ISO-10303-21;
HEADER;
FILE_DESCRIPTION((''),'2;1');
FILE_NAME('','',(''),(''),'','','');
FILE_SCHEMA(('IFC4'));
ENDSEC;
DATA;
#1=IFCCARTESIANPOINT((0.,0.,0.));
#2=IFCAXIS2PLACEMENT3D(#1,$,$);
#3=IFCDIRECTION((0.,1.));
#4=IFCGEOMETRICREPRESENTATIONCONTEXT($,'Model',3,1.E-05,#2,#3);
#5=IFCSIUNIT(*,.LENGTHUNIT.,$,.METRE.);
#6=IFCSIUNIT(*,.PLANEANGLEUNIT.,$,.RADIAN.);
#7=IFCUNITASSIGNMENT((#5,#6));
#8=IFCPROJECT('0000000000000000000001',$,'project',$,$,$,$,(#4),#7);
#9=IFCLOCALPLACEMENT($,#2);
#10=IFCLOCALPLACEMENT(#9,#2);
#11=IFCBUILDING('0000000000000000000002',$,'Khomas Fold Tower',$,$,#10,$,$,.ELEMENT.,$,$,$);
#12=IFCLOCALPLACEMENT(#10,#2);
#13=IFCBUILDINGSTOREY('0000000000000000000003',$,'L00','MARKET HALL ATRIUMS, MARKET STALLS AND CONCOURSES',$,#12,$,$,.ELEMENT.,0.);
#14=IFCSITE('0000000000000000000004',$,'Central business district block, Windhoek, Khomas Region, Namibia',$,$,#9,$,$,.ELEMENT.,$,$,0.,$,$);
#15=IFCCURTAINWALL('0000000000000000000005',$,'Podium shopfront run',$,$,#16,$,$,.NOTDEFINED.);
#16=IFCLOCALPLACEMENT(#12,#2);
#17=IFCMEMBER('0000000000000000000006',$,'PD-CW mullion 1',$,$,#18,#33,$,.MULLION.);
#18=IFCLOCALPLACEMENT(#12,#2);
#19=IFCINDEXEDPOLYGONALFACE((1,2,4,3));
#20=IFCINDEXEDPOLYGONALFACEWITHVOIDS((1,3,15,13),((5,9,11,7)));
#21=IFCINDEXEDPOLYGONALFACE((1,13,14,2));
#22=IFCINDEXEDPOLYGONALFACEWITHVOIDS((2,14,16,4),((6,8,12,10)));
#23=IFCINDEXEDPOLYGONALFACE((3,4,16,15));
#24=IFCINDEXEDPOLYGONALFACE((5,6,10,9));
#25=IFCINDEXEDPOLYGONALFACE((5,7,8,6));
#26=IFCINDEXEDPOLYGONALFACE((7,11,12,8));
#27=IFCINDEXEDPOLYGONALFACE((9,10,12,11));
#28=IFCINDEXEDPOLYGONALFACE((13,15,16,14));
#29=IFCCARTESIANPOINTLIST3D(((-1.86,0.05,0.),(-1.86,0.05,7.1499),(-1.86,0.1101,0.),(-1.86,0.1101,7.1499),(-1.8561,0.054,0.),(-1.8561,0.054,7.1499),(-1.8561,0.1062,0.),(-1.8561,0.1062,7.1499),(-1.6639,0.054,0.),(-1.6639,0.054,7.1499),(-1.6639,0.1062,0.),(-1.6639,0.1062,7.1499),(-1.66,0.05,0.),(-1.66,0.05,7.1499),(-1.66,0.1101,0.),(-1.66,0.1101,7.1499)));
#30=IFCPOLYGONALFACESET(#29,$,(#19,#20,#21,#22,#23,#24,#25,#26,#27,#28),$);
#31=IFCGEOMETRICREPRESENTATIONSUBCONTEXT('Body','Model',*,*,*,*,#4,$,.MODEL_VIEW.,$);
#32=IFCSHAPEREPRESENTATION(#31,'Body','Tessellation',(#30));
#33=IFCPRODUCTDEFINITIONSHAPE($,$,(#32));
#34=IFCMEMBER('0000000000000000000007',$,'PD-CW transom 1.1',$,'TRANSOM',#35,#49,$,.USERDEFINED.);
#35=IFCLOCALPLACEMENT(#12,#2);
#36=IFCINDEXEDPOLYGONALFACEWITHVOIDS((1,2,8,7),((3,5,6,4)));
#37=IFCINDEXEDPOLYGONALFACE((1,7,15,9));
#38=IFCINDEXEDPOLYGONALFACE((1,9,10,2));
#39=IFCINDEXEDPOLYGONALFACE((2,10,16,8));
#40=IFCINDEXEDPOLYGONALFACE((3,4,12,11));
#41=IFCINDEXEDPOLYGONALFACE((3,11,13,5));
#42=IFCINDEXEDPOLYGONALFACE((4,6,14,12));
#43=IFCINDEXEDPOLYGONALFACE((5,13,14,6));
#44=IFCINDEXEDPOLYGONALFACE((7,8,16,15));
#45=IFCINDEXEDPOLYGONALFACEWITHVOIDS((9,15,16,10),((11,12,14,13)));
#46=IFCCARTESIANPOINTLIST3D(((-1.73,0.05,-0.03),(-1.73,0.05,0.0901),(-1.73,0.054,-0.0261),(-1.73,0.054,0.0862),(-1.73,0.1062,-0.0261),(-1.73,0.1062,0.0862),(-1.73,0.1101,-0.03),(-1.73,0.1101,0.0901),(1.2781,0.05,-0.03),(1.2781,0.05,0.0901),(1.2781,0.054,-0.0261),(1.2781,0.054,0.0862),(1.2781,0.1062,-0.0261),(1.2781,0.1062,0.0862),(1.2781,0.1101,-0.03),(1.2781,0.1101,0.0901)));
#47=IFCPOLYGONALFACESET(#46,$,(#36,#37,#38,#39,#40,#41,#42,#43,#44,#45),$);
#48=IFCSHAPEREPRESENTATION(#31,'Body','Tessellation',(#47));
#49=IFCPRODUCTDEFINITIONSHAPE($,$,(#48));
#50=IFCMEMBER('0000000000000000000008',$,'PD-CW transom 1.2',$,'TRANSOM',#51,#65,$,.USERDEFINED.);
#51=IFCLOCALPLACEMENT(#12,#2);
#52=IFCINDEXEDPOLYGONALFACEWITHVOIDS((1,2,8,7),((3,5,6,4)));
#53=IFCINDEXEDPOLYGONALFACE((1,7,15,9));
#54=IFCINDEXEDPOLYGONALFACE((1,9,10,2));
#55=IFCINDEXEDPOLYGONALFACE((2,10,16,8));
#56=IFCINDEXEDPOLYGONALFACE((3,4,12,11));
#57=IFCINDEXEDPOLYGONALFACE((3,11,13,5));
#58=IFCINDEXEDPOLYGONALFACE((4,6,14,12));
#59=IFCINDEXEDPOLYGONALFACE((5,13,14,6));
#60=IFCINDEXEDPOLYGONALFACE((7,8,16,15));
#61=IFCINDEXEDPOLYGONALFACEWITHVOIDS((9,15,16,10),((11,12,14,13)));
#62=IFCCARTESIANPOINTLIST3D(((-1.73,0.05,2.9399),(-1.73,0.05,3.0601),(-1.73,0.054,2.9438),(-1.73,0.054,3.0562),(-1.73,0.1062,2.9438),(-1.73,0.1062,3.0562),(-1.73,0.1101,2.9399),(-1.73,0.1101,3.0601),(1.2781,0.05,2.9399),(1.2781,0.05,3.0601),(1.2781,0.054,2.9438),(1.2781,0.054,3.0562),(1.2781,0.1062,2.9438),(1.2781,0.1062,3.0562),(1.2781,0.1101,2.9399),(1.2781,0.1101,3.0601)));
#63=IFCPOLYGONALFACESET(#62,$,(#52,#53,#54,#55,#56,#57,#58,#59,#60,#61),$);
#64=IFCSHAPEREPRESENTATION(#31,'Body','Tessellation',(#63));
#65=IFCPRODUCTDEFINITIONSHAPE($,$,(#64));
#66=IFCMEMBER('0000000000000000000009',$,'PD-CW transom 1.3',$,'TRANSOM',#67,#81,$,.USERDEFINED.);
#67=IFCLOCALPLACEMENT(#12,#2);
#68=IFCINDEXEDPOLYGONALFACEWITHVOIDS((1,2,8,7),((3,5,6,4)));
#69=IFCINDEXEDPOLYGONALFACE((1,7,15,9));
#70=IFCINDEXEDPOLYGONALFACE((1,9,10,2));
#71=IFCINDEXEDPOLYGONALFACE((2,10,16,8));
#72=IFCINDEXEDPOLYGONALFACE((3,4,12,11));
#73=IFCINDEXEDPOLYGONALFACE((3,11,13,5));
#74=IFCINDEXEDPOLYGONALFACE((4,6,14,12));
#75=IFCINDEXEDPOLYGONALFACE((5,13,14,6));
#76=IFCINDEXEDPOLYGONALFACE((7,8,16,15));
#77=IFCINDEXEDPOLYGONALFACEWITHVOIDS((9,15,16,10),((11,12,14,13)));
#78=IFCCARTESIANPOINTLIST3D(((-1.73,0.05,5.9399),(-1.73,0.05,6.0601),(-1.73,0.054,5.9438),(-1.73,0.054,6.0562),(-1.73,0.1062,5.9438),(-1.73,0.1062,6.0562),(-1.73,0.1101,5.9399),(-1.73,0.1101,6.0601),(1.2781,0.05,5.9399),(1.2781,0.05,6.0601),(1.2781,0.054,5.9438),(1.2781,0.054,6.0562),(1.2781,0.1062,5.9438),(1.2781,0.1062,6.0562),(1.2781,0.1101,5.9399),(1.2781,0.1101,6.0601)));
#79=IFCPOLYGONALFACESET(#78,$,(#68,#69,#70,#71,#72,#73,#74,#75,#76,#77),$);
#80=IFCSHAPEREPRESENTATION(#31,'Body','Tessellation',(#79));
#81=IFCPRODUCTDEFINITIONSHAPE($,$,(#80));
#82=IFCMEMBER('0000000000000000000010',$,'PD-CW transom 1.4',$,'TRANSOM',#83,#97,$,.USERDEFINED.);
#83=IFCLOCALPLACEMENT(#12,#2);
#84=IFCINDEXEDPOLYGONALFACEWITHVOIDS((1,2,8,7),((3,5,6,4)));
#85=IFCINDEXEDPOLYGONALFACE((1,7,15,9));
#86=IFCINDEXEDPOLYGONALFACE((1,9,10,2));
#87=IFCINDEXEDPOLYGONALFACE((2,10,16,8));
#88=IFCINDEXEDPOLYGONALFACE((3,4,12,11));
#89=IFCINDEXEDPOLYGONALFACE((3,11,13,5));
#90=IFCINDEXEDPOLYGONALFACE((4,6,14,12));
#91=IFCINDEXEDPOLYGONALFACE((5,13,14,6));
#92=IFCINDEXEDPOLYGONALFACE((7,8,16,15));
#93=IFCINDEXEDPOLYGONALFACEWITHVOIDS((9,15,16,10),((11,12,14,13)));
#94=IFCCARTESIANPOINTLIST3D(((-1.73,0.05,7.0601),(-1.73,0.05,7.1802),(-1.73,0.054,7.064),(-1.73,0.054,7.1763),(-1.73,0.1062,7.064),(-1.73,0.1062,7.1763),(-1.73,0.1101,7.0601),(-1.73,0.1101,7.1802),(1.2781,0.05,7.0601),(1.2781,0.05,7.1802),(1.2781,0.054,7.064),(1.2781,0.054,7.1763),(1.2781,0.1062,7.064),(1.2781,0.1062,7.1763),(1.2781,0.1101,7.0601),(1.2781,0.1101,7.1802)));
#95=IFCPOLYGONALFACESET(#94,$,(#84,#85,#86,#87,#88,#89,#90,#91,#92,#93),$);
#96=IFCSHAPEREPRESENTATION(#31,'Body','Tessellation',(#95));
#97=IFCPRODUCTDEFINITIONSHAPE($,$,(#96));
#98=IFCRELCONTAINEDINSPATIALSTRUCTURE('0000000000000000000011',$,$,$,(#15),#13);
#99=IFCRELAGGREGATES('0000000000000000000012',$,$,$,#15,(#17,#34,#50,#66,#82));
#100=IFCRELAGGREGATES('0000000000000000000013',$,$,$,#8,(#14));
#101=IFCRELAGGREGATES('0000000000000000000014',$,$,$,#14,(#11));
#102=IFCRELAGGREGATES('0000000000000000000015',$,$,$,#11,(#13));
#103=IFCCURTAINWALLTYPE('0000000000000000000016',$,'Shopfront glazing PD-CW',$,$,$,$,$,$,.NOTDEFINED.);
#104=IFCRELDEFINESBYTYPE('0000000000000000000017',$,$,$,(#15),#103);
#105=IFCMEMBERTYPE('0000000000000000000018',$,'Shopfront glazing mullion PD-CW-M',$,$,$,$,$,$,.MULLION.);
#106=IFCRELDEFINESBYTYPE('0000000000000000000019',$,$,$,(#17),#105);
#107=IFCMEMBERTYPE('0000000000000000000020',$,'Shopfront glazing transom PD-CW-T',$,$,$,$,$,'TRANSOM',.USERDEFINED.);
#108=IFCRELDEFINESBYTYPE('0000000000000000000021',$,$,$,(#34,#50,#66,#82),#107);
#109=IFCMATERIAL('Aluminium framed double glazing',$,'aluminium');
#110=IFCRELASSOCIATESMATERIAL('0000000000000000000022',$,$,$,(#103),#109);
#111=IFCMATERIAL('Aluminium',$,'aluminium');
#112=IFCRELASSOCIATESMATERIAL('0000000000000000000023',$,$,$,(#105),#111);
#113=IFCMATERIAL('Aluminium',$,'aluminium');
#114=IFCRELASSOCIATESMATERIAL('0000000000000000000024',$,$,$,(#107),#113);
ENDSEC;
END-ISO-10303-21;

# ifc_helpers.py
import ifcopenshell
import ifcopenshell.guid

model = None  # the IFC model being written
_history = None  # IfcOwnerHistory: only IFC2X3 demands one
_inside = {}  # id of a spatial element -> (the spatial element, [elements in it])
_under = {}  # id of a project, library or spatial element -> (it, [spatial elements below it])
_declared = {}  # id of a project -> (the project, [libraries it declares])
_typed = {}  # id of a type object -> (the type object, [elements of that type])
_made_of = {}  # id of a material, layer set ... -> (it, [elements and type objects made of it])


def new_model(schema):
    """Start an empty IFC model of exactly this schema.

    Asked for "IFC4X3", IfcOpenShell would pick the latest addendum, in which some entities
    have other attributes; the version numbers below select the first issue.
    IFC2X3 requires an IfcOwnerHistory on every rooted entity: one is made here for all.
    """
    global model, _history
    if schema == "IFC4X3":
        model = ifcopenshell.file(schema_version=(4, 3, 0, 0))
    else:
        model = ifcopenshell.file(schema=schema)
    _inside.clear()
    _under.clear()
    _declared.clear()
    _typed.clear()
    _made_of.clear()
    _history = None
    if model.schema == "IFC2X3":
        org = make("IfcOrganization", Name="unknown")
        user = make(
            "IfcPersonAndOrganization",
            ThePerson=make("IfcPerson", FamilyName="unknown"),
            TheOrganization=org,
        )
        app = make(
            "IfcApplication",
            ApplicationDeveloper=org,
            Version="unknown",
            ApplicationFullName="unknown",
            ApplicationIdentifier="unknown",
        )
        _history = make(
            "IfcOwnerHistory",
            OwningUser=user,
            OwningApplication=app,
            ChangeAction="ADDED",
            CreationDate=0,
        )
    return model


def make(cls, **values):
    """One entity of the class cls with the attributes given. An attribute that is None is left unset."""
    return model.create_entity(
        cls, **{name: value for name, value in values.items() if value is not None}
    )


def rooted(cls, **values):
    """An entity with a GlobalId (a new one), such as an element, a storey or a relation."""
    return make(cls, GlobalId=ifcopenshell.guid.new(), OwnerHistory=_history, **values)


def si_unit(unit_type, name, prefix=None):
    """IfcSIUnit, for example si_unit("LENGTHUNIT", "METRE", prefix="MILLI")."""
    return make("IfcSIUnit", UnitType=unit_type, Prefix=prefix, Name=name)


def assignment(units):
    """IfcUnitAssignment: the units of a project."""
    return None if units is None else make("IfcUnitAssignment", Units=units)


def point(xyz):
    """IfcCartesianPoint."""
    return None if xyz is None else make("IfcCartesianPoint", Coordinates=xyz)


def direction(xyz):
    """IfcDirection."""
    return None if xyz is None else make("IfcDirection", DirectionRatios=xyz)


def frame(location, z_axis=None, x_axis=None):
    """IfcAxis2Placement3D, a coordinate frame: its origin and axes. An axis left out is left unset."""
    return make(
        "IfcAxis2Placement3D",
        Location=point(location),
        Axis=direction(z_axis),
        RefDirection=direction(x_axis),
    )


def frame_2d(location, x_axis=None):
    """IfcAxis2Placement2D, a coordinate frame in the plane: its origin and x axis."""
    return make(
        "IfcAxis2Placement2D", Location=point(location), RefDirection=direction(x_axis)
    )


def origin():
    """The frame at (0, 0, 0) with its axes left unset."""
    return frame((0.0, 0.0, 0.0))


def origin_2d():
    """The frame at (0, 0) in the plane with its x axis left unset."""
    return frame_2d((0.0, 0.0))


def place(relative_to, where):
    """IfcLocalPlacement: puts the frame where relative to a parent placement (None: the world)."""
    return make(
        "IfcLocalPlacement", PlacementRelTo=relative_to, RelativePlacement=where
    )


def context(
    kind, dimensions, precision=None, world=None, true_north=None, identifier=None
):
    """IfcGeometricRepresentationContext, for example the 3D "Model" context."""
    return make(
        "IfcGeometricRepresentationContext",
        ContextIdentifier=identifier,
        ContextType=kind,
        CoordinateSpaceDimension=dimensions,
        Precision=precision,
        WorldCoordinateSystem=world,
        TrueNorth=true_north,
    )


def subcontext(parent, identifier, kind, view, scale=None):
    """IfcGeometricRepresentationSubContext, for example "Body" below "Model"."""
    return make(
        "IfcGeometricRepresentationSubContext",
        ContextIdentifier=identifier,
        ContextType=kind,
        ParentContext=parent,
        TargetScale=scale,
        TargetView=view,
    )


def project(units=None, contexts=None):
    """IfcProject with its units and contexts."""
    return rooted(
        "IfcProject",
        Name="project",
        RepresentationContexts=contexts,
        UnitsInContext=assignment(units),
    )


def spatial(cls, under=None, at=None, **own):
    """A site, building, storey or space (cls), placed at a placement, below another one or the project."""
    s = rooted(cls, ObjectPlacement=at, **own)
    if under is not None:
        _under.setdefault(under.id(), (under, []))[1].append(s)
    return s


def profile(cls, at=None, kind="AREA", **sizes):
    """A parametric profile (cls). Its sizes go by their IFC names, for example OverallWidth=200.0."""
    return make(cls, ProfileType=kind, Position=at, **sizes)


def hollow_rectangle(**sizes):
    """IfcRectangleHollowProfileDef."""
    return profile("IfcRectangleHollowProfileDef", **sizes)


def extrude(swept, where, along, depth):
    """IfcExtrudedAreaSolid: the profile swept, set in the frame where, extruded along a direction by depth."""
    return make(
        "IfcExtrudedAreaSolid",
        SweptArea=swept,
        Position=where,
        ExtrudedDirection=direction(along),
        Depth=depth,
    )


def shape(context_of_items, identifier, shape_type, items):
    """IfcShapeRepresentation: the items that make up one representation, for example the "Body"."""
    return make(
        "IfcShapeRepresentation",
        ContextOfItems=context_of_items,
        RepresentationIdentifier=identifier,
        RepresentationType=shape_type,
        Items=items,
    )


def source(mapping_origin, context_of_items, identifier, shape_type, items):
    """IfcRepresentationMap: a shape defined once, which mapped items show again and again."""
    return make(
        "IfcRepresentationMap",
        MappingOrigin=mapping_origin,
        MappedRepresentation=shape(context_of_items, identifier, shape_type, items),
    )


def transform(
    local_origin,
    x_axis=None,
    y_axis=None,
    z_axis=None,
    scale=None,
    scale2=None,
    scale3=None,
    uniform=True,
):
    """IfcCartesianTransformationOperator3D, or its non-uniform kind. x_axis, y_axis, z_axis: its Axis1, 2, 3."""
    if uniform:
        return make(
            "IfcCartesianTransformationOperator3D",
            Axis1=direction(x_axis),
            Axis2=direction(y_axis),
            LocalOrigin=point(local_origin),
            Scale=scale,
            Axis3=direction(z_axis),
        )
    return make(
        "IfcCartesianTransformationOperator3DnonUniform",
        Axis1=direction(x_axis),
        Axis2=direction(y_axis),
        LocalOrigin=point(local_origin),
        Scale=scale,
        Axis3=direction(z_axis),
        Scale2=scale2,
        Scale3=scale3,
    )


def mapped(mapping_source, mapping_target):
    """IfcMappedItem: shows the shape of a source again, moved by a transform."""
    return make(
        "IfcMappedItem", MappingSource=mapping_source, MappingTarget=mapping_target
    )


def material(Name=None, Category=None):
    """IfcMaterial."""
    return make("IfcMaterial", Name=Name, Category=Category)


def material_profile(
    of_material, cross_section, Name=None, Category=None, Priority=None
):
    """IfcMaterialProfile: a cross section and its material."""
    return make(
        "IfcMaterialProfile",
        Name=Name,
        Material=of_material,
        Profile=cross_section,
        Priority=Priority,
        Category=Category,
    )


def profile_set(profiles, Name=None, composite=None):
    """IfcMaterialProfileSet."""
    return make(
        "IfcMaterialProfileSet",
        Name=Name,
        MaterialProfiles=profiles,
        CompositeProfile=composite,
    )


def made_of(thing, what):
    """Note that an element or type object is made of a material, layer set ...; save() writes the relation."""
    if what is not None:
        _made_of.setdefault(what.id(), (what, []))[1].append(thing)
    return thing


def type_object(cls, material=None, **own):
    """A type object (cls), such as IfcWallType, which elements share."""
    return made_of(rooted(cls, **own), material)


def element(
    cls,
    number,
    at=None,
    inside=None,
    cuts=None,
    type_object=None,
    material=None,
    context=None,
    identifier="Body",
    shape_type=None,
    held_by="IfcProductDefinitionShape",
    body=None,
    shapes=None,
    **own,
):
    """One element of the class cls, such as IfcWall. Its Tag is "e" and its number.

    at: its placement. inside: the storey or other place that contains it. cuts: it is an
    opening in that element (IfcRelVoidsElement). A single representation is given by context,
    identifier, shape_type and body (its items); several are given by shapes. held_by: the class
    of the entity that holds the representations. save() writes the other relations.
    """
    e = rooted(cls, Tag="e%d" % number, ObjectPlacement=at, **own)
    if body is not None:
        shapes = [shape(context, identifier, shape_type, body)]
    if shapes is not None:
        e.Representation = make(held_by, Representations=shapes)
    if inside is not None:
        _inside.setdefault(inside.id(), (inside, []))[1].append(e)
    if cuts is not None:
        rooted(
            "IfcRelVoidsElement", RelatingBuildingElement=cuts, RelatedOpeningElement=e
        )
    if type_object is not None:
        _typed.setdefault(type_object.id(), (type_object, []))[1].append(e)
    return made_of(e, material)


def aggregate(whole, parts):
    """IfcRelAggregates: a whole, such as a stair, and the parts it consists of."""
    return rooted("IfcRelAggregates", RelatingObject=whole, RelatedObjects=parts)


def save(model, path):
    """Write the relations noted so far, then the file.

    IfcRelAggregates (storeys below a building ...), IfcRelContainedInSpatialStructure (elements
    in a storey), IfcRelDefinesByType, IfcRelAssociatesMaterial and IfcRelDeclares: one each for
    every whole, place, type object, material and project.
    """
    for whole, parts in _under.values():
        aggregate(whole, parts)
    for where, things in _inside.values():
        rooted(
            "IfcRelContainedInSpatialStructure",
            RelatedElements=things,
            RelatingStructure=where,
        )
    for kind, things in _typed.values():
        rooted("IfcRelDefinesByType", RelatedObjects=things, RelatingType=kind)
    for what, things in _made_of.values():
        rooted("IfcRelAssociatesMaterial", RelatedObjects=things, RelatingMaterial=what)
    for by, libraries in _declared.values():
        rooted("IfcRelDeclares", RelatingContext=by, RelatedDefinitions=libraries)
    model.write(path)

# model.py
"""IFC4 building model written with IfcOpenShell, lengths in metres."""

from ifc_helpers import new_model, si_unit, direction, frame, origin, origin_2d, place, context, subcontext, project, spatial, hollow_rectangle, extrude, source, transform, mapped, material, material_profile, profile_set, type_object, element, aggregate, save


model = new_model("IFC4")

# Units and contexts
model_context = context("Model", 3, precision=1e-05, world=origin(), true_north=direction((0.0, 1.0)))
body_context = subcontext(model_context, "Body", "Model", "MODEL_VIEW")
ifc_project = project(units=[si_unit("LENGTHUNIT", "METRE"), si_unit("PLANEANGLEUNIT", "RADIAN")], contexts=[model_context])

# Site, building, storey
site_placement = place(None, origin())
site = spatial("IfcSite", under=ifc_project, at=site_placement, Name="Central business district block, Windhoek, Khomas Region, Namibia", CompositionType="ELEMENT", RefElevation=0.0)
building_placement = place(site_placement, origin())
building = spatial("IfcBuilding", under=site, at=building_placement, Name="Khomas Fold Tower", CompositionType="ELEMENT")
storey_placement = place(building_placement, origin())
storey = spatial("IfcBuildingStorey", under=building, at=storey_placement, Name="L00", Description="MARKET HALL ATRIUMS, MARKET STALLS AND CONCOURSES", CompositionType="ELEMENT", Elevation=0.0)

# Curtain wall, members
ifc_material_1 = material(Name="Aluminium framed double glazing", Category="aluminium")
curtain_wall_type = type_object("IfcCurtainWallType", Name="Shopfront glazing PD-CW", PredefinedType="NOTDEFINED", material=ifc_material_1)
curtain_wall_placement = place(storey_placement, origin())
curtain_wall = element("IfcCurtainWall", 1, at=curtain_wall_placement, inside=storey, type_object=curtain_wall_type, Name="Podium shopfront run", PredefinedType="NOTDEFINED")
ifc_material_2 = material(Name="Aluminium", Category="aluminium")
ifc_material_profile_1 = material_profile(ifc_material_2, hollow_rectangle(XDim=0.0601, YDim=0.2, WallThickness=0.0039, at=origin_2d()), Name="Shopfront glazing mullion PD-CW-M")
ifc_profile_set_1 = profile_set([ifc_material_profile_1], Name="Aluminium")
member_type_1 = type_object("IfcMemberType", Name="Shopfront glazing mullion PD-CW-M", PredefinedType="MULLION", material=ifc_profile_set_1)
shared_shape_1 = source(origin(), body_context, "Body", "SweptSolid", [
    extrude(hollow_rectangle(XDim=0.0601, YDim=0.2, WallThickness=0.0039, at=origin_2d()), origin(), (0.0, 0.0, 1.0), 7.1499),
])
member_1_placement = place(storey_placement, frame((-1.76, 0.0801, 0.0), z_axis=(0.0, 0.0, 1.0), x_axis=(0.0, 1.0, 0.0)))
member_1 = element("IfcMember", 2, at=member_1_placement, type_object=member_type_1, Name="PD-CW mullion 1", PredefinedType="MULLION", context=body_context, shape_type="MappedRepresentation", body=[
    mapped(shared_shape_1, transform((0.0, 0.0, 0.0))),
])
ifc_material_3 = material(Name="Aluminium", Category="aluminium")
ifc_material_profile_2 = material_profile(ifc_material_3, hollow_rectangle(XDim=0.0601, YDim=0.1201, WallThickness=0.0039, at=origin_2d()), Name="Shopfront glazing transom PD-CW-T")
ifc_profile_set_2 = profile_set([ifc_material_profile_2], Name="Aluminium")
member_type_2 = type_object("IfcMemberType", Name="Shopfront glazing transom PD-CW-T", ElementType="TRANSOM", PredefinedType="USERDEFINED", material=ifc_profile_set_2)
shared_shape_2 = source(origin(), body_context, "Body", "SweptSolid", [
    extrude(hollow_rectangle(XDim=0.0601, YDim=0.1201, WallThickness=0.0039, at=origin_2d()), origin(), (0.0, 0.0, 1.0), 3.0081),
])
member_2_placement = place(storey_placement, frame((-1.73, 0.0801, 0.03), z_axis=(1.0, 0.0, 0.0), x_axis=(0.0, 1.0, 0.0)))
member_2 = element("IfcMember", 3, at=member_2_placement, type_object=member_type_2, Name="PD-CW transom 1.1", ObjectType="TRANSOM", PredefinedType="USERDEFINED", context=body_context, shape_type="MappedRepresentation", body=[
    mapped(shared_shape_2, transform((0.0, 0.0, 0.0))),
])
member_3_placement = place(storey_placement, frame((-1.73, 0.0801, 3.0), z_axis=(1.0, 0.0, 0.0), x_axis=(0.0, 1.0, 0.0)))
member_3 = element("IfcMember", 4, at=member_3_placement, type_object=member_type_2, Name="PD-CW transom 1.2", ObjectType="TRANSOM", PredefinedType="USERDEFINED", context=body_context, shape_type="MappedRepresentation", body=[
    mapped(shared_shape_2, transform((0.0, 0.0, 0.0))),
])
member_4_placement = place(storey_placement, frame((-1.73, 0.0801, 6.0), z_axis=(1.0, 0.0, 0.0), x_axis=(0.0, 1.0, 0.0)))
member_4 = element("IfcMember", 5, at=member_4_placement, type_object=member_type_2, Name="PD-CW transom 1.3", ObjectType="TRANSOM", PredefinedType="USERDEFINED", context=body_context, shape_type="MappedRepresentation", body=[
    mapped(shared_shape_2, transform((0.0, 0.0, 0.0))),
])
member_5_placement = place(storey_placement, frame((-1.73, 0.0801, 7.1201), z_axis=(1.0, 0.0, 0.0), x_axis=(0.0, 1.0, 0.0)))
member_5 = element("IfcMember", 6, at=member_5_placement, type_object=member_type_2, Name="PD-CW transom 1.4", ObjectType="TRANSOM", PredefinedType="USERDEFINED", context=body_context, shape_type="MappedRepresentation", body=[
    mapped(shared_shape_2, transform((0.0, 0.0, 0.0))),
])

aggregate(curtain_wall, [member_1, member_2, member_3, member_4, member_5])

save(model, "model.ifc")
